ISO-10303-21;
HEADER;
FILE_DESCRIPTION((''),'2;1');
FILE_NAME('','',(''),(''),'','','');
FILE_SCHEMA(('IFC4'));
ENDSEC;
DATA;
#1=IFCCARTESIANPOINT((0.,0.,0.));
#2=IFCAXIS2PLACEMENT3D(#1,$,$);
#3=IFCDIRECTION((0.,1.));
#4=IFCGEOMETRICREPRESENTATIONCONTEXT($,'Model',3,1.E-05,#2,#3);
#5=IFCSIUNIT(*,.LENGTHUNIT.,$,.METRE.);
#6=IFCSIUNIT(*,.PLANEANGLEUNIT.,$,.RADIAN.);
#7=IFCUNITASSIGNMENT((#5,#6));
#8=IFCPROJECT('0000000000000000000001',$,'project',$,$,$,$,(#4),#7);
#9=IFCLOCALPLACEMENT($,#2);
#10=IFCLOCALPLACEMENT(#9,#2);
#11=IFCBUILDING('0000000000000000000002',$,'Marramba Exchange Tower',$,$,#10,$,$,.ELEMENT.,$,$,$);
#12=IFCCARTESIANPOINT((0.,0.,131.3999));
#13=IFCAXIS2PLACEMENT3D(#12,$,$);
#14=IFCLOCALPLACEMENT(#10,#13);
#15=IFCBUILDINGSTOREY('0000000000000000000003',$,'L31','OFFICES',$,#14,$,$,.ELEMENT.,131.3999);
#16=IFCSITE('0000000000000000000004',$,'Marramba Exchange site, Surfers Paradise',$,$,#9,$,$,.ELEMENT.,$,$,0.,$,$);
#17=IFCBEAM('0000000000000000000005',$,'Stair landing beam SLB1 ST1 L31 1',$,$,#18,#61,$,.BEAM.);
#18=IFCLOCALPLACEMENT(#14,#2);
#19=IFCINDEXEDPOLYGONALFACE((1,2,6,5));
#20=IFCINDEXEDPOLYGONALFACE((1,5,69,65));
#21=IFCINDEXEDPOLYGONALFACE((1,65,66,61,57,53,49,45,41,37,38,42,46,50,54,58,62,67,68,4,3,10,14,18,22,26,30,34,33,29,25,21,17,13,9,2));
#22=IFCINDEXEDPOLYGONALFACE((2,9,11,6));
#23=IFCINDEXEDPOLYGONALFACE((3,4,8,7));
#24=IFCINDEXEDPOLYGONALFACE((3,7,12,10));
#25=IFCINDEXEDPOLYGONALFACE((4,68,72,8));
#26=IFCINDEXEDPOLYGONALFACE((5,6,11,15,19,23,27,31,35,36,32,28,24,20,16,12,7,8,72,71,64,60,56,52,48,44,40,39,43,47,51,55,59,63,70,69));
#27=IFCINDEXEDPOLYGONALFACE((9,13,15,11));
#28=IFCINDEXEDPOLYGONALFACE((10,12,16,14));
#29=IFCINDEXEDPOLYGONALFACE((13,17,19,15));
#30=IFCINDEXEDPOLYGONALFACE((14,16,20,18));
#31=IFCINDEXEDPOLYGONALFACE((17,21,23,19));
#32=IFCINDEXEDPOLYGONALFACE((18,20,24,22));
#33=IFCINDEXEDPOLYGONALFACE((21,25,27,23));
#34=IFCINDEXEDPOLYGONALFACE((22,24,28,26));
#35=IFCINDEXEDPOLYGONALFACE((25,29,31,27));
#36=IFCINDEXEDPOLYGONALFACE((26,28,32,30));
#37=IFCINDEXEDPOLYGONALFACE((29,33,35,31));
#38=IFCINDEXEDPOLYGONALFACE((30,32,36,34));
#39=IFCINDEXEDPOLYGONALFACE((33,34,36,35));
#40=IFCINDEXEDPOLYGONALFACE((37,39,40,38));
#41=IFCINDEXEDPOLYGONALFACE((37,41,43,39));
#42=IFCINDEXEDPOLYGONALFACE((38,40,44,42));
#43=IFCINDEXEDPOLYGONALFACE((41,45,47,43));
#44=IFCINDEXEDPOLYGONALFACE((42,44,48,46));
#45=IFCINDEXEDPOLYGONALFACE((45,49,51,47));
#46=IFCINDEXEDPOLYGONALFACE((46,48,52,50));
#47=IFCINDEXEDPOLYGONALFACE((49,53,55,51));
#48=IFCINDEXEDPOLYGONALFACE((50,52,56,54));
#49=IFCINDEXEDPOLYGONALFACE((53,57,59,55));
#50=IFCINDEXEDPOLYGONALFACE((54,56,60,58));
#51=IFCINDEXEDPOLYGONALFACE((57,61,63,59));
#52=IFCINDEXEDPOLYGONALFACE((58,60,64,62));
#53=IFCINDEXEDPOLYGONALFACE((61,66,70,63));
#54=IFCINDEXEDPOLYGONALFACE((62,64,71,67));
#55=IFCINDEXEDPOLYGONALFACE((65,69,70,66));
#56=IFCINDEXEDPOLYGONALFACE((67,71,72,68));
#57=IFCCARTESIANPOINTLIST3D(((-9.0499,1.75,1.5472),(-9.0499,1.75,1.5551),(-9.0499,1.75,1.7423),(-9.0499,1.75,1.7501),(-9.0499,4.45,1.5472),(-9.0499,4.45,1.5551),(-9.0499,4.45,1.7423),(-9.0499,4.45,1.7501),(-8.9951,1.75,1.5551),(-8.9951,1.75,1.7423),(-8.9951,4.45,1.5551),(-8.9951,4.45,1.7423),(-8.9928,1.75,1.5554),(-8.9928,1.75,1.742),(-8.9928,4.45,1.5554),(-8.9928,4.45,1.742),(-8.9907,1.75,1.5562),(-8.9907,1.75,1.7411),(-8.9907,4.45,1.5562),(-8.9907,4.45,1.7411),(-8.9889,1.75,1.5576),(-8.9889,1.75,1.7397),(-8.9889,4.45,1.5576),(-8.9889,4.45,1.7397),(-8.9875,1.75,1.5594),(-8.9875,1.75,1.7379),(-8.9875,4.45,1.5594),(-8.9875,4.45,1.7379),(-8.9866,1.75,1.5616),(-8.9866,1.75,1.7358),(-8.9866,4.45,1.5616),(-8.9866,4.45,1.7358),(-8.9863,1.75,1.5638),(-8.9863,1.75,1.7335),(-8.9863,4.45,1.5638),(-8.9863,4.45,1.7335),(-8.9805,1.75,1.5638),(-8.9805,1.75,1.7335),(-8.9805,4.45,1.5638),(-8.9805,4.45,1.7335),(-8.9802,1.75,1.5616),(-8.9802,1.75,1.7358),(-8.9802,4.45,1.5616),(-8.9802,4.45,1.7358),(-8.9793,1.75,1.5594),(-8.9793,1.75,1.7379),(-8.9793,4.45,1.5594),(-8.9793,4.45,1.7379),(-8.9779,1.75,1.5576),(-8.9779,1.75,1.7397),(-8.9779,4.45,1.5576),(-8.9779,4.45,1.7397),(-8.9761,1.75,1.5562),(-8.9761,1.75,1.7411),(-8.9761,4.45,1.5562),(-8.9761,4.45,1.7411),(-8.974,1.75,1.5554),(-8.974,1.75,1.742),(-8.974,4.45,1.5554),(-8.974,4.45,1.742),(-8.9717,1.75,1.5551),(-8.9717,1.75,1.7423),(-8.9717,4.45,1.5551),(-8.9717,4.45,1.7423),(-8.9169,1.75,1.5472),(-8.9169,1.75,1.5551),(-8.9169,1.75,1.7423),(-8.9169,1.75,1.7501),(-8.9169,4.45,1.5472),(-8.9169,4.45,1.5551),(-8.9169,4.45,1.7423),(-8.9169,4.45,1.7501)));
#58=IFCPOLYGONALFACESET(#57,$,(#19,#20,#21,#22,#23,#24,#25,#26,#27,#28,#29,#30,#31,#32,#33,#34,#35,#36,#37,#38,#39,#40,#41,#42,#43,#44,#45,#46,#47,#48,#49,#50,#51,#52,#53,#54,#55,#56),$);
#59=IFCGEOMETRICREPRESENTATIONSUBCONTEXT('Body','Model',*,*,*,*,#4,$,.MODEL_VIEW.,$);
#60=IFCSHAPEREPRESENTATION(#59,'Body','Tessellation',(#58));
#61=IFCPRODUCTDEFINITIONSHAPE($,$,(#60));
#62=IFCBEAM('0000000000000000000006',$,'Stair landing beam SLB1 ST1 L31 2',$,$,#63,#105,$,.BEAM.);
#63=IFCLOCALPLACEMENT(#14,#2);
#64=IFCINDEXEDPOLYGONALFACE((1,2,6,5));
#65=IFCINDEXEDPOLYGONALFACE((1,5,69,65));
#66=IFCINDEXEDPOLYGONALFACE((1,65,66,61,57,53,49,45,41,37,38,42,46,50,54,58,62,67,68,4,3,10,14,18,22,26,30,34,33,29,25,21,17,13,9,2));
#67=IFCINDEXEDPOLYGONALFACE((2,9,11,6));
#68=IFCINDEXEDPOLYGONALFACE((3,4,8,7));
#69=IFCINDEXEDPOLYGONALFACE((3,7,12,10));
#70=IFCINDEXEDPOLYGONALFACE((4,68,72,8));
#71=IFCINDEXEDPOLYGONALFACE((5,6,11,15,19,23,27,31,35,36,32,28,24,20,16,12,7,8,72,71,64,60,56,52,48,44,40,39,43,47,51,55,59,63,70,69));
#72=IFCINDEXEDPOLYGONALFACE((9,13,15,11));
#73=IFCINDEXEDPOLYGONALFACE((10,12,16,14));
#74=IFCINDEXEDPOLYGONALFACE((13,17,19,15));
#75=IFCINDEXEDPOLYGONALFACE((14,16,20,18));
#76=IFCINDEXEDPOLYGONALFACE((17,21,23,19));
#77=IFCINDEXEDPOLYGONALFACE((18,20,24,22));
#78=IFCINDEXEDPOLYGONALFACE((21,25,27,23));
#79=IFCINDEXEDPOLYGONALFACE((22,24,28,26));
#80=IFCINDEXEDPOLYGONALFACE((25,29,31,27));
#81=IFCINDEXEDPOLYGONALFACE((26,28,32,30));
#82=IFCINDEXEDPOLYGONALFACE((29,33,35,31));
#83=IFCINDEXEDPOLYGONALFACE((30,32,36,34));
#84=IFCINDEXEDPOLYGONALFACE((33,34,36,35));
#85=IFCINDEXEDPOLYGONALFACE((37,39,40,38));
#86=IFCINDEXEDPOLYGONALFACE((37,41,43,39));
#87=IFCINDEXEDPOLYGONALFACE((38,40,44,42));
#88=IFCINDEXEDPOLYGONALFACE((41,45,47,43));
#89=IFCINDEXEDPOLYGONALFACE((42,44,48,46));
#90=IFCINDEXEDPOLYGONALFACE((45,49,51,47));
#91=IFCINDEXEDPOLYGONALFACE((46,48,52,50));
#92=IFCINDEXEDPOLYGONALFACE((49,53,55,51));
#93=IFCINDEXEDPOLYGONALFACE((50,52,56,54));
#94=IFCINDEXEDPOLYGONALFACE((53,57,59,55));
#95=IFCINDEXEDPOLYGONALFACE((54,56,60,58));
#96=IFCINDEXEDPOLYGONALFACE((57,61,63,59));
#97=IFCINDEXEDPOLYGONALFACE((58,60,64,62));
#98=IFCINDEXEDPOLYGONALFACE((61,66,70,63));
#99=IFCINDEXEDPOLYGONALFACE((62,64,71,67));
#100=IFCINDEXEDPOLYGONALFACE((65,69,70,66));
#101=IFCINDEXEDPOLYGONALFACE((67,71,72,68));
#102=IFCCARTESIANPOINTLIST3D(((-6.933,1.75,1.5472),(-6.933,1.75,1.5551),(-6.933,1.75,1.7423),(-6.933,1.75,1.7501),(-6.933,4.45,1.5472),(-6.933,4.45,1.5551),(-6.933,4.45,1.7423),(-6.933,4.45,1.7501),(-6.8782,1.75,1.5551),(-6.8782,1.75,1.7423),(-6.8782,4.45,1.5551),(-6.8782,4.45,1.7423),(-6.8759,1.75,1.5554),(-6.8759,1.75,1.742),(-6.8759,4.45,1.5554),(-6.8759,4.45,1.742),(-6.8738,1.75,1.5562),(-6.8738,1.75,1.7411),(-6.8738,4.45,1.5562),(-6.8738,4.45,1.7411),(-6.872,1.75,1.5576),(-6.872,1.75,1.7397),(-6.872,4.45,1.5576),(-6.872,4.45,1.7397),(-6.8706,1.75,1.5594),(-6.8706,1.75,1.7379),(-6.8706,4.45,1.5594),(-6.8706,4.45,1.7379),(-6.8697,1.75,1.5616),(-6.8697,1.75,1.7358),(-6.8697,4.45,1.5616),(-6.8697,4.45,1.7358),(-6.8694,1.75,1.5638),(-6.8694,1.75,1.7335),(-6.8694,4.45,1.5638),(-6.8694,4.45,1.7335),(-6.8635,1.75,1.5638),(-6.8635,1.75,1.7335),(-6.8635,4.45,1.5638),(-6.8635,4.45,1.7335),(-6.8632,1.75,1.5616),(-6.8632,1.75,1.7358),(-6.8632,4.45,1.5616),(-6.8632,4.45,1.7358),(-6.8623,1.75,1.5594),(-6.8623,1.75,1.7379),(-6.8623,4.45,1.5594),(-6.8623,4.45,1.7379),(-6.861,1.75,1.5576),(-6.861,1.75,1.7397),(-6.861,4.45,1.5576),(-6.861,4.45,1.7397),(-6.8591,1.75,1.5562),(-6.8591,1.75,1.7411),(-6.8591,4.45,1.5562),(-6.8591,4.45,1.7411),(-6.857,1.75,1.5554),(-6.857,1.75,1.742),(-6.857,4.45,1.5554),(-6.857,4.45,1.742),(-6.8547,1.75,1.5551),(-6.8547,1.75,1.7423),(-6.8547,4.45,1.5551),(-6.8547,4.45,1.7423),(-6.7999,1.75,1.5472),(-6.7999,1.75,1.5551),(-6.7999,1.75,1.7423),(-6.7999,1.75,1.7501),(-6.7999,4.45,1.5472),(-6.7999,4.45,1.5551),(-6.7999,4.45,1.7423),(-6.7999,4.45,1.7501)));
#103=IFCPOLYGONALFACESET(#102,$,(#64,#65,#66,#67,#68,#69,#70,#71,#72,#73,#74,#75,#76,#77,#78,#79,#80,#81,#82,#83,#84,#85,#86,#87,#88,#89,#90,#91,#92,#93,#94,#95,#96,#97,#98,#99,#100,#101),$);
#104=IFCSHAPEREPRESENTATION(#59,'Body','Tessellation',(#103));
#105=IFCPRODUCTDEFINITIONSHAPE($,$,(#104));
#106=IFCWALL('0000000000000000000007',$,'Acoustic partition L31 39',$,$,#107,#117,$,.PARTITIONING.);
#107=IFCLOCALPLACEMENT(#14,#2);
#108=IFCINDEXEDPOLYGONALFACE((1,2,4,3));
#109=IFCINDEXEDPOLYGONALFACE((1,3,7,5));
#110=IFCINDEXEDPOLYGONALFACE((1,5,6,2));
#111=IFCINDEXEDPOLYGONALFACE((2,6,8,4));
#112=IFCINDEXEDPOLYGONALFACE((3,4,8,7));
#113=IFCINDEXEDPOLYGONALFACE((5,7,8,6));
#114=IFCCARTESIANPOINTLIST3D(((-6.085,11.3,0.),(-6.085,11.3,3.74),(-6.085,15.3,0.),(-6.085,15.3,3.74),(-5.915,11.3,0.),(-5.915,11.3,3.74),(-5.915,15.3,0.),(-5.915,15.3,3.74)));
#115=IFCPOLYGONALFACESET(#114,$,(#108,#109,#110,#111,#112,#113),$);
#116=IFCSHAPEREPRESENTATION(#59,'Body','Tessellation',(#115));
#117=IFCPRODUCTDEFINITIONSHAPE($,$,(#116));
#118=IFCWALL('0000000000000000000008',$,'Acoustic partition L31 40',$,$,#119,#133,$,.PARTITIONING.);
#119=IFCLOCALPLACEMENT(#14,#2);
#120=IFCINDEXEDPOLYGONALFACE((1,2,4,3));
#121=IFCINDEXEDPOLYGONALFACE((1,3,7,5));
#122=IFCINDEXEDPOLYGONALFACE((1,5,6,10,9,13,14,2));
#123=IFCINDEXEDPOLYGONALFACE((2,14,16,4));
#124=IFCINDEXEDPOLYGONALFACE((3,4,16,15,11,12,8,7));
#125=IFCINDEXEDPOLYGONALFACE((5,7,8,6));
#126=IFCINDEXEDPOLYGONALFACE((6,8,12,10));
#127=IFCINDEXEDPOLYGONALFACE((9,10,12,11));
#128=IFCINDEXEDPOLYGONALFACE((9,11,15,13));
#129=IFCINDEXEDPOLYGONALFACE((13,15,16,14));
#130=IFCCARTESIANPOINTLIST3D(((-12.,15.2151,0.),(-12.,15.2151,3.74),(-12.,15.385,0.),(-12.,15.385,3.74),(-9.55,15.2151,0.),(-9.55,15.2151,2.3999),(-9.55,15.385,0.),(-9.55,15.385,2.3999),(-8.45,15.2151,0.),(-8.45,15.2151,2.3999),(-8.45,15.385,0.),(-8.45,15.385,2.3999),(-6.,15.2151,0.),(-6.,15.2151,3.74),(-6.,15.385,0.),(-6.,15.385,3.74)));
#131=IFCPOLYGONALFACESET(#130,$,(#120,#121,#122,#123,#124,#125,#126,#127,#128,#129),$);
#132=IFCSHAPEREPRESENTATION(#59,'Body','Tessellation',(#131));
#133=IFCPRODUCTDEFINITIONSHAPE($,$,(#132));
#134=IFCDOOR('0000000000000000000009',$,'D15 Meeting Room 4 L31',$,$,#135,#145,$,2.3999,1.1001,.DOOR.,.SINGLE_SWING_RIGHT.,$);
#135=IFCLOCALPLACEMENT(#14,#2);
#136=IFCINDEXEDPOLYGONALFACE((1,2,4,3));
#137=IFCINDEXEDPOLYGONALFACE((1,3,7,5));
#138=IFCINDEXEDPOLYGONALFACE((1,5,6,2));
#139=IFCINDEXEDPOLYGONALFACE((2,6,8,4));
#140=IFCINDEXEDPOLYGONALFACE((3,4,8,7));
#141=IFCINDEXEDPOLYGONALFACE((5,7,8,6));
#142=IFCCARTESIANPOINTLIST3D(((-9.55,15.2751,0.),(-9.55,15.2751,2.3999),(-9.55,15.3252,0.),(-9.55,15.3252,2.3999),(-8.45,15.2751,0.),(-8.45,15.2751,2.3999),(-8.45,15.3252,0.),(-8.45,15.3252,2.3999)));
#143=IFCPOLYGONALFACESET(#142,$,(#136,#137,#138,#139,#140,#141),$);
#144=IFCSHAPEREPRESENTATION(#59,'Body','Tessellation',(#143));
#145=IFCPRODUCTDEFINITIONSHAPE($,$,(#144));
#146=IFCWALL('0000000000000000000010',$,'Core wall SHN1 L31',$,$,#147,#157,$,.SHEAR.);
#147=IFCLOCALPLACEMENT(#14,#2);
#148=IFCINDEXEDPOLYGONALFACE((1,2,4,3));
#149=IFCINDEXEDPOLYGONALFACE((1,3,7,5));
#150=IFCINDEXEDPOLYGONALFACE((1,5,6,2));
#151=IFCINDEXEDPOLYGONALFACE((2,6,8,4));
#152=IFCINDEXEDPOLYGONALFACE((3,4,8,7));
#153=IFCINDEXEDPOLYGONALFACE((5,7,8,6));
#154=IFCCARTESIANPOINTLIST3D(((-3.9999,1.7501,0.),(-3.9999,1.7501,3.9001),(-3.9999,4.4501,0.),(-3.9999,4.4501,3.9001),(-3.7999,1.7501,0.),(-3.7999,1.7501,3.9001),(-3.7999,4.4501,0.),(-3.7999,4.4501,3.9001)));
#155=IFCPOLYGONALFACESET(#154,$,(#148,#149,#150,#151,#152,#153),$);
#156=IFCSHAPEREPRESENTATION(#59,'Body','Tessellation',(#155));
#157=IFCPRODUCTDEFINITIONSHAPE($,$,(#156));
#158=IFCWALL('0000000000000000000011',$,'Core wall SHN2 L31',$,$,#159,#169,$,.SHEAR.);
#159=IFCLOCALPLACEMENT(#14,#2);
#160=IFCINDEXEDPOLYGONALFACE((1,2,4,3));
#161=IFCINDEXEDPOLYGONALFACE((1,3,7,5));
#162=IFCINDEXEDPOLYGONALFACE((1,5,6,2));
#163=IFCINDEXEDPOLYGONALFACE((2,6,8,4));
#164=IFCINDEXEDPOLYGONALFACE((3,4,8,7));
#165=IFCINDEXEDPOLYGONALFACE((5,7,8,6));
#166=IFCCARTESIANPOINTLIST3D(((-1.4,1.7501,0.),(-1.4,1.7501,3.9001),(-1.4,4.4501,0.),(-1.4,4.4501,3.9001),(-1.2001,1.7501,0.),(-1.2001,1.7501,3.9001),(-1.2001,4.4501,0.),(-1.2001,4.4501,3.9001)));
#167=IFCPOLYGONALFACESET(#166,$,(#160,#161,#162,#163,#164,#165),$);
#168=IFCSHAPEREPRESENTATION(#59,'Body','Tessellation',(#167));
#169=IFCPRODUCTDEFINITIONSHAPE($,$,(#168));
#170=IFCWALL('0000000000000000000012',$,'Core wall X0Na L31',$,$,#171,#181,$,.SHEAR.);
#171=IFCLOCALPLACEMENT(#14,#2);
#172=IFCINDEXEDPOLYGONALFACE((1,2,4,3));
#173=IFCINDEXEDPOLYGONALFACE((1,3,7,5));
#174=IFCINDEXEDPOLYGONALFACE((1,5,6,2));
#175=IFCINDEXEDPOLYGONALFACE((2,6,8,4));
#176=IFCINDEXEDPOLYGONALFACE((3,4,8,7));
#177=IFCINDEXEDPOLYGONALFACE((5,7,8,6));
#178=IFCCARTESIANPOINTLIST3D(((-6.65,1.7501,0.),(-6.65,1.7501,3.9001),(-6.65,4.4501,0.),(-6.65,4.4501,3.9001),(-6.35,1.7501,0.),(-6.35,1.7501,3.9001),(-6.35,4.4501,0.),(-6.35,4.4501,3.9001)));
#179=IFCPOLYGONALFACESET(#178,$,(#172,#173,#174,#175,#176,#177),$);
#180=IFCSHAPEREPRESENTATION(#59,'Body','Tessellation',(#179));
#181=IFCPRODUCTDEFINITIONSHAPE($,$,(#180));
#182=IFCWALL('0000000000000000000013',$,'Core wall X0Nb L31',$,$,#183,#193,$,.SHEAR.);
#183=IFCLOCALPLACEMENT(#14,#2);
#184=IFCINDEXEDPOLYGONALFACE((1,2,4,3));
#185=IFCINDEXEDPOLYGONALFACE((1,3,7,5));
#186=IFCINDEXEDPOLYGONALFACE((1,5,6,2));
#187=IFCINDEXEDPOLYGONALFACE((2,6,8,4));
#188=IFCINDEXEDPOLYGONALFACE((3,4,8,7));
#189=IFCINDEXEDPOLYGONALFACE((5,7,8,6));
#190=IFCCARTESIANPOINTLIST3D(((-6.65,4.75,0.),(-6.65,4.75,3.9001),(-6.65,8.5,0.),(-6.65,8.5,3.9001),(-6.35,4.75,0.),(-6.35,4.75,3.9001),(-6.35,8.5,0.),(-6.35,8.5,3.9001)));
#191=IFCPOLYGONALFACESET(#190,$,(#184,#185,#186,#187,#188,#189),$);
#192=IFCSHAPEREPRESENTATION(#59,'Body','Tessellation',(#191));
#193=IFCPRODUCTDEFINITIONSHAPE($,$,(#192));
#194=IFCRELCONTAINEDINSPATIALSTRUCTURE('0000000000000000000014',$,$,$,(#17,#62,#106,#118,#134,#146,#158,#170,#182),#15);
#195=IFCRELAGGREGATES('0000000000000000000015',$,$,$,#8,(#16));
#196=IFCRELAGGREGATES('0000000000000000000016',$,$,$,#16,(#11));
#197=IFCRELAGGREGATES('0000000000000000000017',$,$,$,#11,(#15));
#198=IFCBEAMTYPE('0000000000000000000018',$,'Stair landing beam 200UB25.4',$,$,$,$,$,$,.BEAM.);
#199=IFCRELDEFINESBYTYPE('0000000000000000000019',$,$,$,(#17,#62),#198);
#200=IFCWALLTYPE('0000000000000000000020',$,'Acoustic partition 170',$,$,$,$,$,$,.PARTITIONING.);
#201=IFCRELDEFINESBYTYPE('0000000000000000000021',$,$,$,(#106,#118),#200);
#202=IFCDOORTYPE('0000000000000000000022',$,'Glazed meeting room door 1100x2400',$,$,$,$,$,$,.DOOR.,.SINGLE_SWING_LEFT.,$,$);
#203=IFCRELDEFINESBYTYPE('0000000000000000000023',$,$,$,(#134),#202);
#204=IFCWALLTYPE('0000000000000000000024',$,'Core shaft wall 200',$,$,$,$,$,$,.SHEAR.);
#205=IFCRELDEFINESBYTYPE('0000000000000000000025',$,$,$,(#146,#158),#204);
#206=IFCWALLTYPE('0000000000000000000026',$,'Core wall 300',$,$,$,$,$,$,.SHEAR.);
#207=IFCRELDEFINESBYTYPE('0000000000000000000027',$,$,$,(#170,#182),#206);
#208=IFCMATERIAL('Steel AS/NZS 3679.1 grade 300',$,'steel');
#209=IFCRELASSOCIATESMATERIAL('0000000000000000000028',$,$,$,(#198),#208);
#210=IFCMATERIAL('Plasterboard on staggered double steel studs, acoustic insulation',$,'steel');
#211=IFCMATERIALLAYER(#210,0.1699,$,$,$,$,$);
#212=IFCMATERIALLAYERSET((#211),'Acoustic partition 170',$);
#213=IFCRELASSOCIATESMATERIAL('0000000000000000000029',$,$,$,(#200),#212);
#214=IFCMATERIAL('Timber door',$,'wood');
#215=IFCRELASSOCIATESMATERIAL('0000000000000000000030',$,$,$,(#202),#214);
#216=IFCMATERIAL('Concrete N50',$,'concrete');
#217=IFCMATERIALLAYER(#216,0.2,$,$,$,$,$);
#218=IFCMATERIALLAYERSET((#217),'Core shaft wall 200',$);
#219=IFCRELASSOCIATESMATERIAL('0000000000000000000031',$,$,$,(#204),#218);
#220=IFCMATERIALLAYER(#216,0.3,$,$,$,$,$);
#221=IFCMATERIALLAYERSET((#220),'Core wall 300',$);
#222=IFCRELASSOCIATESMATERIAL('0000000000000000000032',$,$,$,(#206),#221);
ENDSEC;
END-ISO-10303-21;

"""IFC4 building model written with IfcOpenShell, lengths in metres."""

from ifc_helpers import new_model, si_unit, direction, frame, frame_2d, origin, origin_2d, place, context, subcontext, project, spatial, rectangle, i_section, extrude, material, layer, layer_set, material_profile, profile_set, type_object, element, fill, save


model = new_model("IFC4")

# Units and contexts
model_context = context("Model", 3, precision=1e-05, world=origin(), true_north=direction((0.0, 1.0)))
body_context = subcontext(model_context, "Body", "Model", "MODEL_VIEW")
ifc_project = project(units=[si_unit("LENGTHUNIT", "METRE"), si_unit("PLANEANGLEUNIT", "RADIAN")], contexts=[model_context])

# Site, building, storey
site_placement = place(None, origin())
site = spatial("IfcSite", under=ifc_project, at=site_placement, Name="Marramba Exchange site, Surfers Paradise", CompositionType="ELEMENT", RefElevation=0.0)
building_placement = place(site_placement, origin())
building = spatial("IfcBuilding", under=site, at=building_placement, Name="Marramba Exchange Tower", CompositionType="ELEMENT")
storey_placement = place(building_placement, frame((0.0, 0.0, 131.3999)))
storey = spatial("IfcBuildingStorey", under=building, at=storey_placement, Name="L31", Description="OFFICES", CompositionType="ELEMENT", Elevation=131.3999)

# Shared definitions
ifc_material_1 = material(Name="Concrete N50", Category="concrete")

# Beams
ifc_material_2 = material(Name="Steel AS/NZS 3679.1 grade 300", Category="steel")
ifc_material_profile_1 = material_profile(ifc_material_2, i_section(OverallWidth=0.1331, OverallDepth=0.2029, WebThickness=0.0059, FlangeThickness=0.0078, FilletRadius=0.0088, at=origin_2d()), Name="200UB25.4")
ifc_profile_set_1 = profile_set([ifc_material_profile_1], Name="Steel AS/NZS 3679.1 grade 300")
beam_type_1 = type_object("IfcBeamType", Name="Stair landing beam 200UB25.4", PredefinedType="BEAM", material=ifc_profile_set_1)
for number, where, z_axis, x_axis, name in (
    (1, (-8.9834, 1.75, 1.6487), (0.0, 1.0, 0.0), (-1.0, 0.0, 0.0), "Stair landing beam SLB1 ST1 L31 1"),
    (2, (-6.8665, 1.75, 1.6487), (0.0, 1.0, 0.0), (-1.0, 0.0, 0.0), "Stair landing beam SLB1 ST1 L31 2"),
):
    element("IfcBeam", number, at=place(storey_placement, frame(where, z_axis=z_axis, x_axis=x_axis)), inside=storey, type_object=beam_type_1, Name=name, PredefinedType="BEAM", context=body_context, shape_type="SweptSolid", body=[
        extrude(i_section(OverallWidth=0.1331, OverallDepth=0.2029, WebThickness=0.0059, FlangeThickness=0.0078, FilletRadius=0.0088, at=origin_2d()), origin(), (0.0, 0.0, 1.0), 2.7),
    ])

# Wall
ifc_material_3 = material(Name="Plasterboard on staggered double steel studs, acoustic insulation", Category="steel")
ifc_layer_1 = layer(ifc_material_3, 0.1699)
ifc_layer_set_1 = layer_set([ifc_layer_1], Name="Acoustic partition 170")
wall_type_1 = type_object("IfcWallType", Name="Acoustic partition 170", PredefinedType="PARTITIONING", material=ifc_layer_set_1)
wall_1_placement = place(storey_placement, frame((-6.0, 11.3, 0.0), z_axis=(0.0, 0.0, 1.0), x_axis=(0.0, 1.0, 0.0)))
element("IfcWall", 3, at=wall_1_placement, inside=storey, type_object=wall_type_1, Name="Acoustic partition L31 39", PredefinedType="PARTITIONING", context=body_context, shape_type="SweptSolid", body=[
    extrude(rectangle(XDim=4.0, YDim=0.1699, at=frame_2d((2.0, 0.0))), origin(), (0.0, 0.0, 1.0), 3.74),
])

# Wall, opening, door
wall_2_placement = place(storey_placement, frame((-6.0, 15.3, 0.0), z_axis=(0.0, 0.0, 1.0), x_axis=(-1.0, 0.0, 0.0)))
wall_2 = element("IfcWall", 4, at=wall_2_placement, inside=storey, type_object=wall_type_1, Name="Acoustic partition L31 40", PredefinedType="PARTITIONING", context=body_context, shape_type="SweptSolid", body=[
    extrude(rectangle(XDim=6.0, YDim=0.1699, at=frame_2d((3.0, 0.0))), origin(), (0.0, 0.0, 1.0), 3.74),
])
opening_placement = place(wall_2_placement, frame((2.45, 0.0, 0.0)))
opening = element("IfcOpeningElement", 5, at=opening_placement, cuts=wall_2, PredefinedType="OPENING", context=body_context, shape_type="SweptSolid", body=[
    extrude(rectangle(XDim=1.1001, YDim=2.3999, at=frame_2d((0.55, 1.2))), frame((0.0, 0.095, 0.0), z_axis=(0.0, -1.0, 0.0), x_axis=(1.0, 0.0, 0.0)), (0.0, 0.0, 1.0), 0.1899),
])
ifc_material_4 = material(Name="Timber door", Category="wood")
door_type = type_object("IfcDoorType", Name="Glazed meeting room door 1100x2400", OperationType="SINGLE_SWING_LEFT", PredefinedType="DOOR", material=ifc_material_4)
door_placement = place(opening_placement, origin())
door = element("IfcDoor", 6, at=door_placement, inside=storey, type_object=door_type, Name="D15 Meeting Room 4 L31", OperationType="SINGLE_SWING_RIGHT", OverallHeight=2.3999, OverallWidth=1.1001, PredefinedType="DOOR", context=body_context, shape_type="SweptSolid", body=[
    extrude(rectangle(XDim=1.1001, YDim=2.3999, at=frame_2d((0.55, 1.2))), frame((0.0, 0.0249, 0.0), z_axis=(0.0, -1.0, 0.0), x_axis=(1.0, 0.0, 0.0)), (0.0, 0.0, 1.0), 0.05),
])
fill(opening, door)

# Walls
ifc_layer_2 = layer(ifc_material_1, 0.2)
ifc_layer_set_2 = layer_set([ifc_layer_2], Name="Core shaft wall 200")
wall_type_2 = type_object("IfcWallType", Name="Core shaft wall 200", PredefinedType="SHEAR", material=ifc_layer_set_2)
for number, where, z_axis, x_axis, name in (
    (7, (-3.8999, 1.75, 0.0), (0.0, 0.0, 1.0), (0.0, 1.0, 0.0), "Core wall SHN1 L31"),
    (8, (-1.3, 1.75, 0.0), (0.0, 0.0, 1.0), (0.0, 1.0, 0.0), "Core wall SHN2 L31"),
):
    element("IfcWall", number, at=place(storey_placement, frame(where, z_axis=z_axis, x_axis=x_axis)), inside=storey, type_object=wall_type_2, Name=name, PredefinedType="SHEAR", context=body_context, shape_type="SweptSolid", body=[
        extrude(rectangle(XDim=2.7, YDim=0.2, at=frame_2d((1.3501, 0.0))), origin(), (0.0, 0.0, 1.0), 3.9001),
    ])
ifc_layer_3 = layer(ifc_material_1, 0.3)
ifc_layer_set_3 = layer_set([ifc_layer_3], Name="Core wall 300")
wall_type_3 = type_object("IfcWallType", Name="Core wall 300", PredefinedType="SHEAR", material=ifc_layer_set_3)
wall_3_placement = place(storey_placement, frame((-6.5, 1.75, 0.0), z_axis=(0.0, 0.0, 1.0), x_axis=(0.0, 1.0, 0.0)))
element("IfcWall", 9, at=wall_3_placement, inside=storey, type_object=wall_type_3, Name="Core wall X0Na L31", PredefinedType="SHEAR", context=body_context, shape_type="SweptSolid", body=[
    extrude(rectangle(XDim=2.7, YDim=0.3, at=frame_2d((1.3501, 0.0))), origin(), (0.0, 0.0, 1.0), 3.9001),
])
for number, where, z_axis, x_axis, name in (
    (10, (-6.5, 4.75, 0.0), (0.0, 0.0, 1.0), (0.0, 1.0, 0.0), "Core wall X0Nb L31"),
):
    element("IfcWall", number, at=place(storey_placement, frame(where, z_axis=z_axis, x_axis=x_axis)), inside=storey, type_object=wall_type_3, Name=name, PredefinedType="SHEAR", context=body_context, shape_type="SweptSolid", body=[
        extrude(rectangle(XDim=3.75, YDim=0.3, at=frame_2d((1.875, 0.0))), origin(), (0.0, 0.0, 1.0), 3.9001),
    ])

save(model, "model.ifc")
